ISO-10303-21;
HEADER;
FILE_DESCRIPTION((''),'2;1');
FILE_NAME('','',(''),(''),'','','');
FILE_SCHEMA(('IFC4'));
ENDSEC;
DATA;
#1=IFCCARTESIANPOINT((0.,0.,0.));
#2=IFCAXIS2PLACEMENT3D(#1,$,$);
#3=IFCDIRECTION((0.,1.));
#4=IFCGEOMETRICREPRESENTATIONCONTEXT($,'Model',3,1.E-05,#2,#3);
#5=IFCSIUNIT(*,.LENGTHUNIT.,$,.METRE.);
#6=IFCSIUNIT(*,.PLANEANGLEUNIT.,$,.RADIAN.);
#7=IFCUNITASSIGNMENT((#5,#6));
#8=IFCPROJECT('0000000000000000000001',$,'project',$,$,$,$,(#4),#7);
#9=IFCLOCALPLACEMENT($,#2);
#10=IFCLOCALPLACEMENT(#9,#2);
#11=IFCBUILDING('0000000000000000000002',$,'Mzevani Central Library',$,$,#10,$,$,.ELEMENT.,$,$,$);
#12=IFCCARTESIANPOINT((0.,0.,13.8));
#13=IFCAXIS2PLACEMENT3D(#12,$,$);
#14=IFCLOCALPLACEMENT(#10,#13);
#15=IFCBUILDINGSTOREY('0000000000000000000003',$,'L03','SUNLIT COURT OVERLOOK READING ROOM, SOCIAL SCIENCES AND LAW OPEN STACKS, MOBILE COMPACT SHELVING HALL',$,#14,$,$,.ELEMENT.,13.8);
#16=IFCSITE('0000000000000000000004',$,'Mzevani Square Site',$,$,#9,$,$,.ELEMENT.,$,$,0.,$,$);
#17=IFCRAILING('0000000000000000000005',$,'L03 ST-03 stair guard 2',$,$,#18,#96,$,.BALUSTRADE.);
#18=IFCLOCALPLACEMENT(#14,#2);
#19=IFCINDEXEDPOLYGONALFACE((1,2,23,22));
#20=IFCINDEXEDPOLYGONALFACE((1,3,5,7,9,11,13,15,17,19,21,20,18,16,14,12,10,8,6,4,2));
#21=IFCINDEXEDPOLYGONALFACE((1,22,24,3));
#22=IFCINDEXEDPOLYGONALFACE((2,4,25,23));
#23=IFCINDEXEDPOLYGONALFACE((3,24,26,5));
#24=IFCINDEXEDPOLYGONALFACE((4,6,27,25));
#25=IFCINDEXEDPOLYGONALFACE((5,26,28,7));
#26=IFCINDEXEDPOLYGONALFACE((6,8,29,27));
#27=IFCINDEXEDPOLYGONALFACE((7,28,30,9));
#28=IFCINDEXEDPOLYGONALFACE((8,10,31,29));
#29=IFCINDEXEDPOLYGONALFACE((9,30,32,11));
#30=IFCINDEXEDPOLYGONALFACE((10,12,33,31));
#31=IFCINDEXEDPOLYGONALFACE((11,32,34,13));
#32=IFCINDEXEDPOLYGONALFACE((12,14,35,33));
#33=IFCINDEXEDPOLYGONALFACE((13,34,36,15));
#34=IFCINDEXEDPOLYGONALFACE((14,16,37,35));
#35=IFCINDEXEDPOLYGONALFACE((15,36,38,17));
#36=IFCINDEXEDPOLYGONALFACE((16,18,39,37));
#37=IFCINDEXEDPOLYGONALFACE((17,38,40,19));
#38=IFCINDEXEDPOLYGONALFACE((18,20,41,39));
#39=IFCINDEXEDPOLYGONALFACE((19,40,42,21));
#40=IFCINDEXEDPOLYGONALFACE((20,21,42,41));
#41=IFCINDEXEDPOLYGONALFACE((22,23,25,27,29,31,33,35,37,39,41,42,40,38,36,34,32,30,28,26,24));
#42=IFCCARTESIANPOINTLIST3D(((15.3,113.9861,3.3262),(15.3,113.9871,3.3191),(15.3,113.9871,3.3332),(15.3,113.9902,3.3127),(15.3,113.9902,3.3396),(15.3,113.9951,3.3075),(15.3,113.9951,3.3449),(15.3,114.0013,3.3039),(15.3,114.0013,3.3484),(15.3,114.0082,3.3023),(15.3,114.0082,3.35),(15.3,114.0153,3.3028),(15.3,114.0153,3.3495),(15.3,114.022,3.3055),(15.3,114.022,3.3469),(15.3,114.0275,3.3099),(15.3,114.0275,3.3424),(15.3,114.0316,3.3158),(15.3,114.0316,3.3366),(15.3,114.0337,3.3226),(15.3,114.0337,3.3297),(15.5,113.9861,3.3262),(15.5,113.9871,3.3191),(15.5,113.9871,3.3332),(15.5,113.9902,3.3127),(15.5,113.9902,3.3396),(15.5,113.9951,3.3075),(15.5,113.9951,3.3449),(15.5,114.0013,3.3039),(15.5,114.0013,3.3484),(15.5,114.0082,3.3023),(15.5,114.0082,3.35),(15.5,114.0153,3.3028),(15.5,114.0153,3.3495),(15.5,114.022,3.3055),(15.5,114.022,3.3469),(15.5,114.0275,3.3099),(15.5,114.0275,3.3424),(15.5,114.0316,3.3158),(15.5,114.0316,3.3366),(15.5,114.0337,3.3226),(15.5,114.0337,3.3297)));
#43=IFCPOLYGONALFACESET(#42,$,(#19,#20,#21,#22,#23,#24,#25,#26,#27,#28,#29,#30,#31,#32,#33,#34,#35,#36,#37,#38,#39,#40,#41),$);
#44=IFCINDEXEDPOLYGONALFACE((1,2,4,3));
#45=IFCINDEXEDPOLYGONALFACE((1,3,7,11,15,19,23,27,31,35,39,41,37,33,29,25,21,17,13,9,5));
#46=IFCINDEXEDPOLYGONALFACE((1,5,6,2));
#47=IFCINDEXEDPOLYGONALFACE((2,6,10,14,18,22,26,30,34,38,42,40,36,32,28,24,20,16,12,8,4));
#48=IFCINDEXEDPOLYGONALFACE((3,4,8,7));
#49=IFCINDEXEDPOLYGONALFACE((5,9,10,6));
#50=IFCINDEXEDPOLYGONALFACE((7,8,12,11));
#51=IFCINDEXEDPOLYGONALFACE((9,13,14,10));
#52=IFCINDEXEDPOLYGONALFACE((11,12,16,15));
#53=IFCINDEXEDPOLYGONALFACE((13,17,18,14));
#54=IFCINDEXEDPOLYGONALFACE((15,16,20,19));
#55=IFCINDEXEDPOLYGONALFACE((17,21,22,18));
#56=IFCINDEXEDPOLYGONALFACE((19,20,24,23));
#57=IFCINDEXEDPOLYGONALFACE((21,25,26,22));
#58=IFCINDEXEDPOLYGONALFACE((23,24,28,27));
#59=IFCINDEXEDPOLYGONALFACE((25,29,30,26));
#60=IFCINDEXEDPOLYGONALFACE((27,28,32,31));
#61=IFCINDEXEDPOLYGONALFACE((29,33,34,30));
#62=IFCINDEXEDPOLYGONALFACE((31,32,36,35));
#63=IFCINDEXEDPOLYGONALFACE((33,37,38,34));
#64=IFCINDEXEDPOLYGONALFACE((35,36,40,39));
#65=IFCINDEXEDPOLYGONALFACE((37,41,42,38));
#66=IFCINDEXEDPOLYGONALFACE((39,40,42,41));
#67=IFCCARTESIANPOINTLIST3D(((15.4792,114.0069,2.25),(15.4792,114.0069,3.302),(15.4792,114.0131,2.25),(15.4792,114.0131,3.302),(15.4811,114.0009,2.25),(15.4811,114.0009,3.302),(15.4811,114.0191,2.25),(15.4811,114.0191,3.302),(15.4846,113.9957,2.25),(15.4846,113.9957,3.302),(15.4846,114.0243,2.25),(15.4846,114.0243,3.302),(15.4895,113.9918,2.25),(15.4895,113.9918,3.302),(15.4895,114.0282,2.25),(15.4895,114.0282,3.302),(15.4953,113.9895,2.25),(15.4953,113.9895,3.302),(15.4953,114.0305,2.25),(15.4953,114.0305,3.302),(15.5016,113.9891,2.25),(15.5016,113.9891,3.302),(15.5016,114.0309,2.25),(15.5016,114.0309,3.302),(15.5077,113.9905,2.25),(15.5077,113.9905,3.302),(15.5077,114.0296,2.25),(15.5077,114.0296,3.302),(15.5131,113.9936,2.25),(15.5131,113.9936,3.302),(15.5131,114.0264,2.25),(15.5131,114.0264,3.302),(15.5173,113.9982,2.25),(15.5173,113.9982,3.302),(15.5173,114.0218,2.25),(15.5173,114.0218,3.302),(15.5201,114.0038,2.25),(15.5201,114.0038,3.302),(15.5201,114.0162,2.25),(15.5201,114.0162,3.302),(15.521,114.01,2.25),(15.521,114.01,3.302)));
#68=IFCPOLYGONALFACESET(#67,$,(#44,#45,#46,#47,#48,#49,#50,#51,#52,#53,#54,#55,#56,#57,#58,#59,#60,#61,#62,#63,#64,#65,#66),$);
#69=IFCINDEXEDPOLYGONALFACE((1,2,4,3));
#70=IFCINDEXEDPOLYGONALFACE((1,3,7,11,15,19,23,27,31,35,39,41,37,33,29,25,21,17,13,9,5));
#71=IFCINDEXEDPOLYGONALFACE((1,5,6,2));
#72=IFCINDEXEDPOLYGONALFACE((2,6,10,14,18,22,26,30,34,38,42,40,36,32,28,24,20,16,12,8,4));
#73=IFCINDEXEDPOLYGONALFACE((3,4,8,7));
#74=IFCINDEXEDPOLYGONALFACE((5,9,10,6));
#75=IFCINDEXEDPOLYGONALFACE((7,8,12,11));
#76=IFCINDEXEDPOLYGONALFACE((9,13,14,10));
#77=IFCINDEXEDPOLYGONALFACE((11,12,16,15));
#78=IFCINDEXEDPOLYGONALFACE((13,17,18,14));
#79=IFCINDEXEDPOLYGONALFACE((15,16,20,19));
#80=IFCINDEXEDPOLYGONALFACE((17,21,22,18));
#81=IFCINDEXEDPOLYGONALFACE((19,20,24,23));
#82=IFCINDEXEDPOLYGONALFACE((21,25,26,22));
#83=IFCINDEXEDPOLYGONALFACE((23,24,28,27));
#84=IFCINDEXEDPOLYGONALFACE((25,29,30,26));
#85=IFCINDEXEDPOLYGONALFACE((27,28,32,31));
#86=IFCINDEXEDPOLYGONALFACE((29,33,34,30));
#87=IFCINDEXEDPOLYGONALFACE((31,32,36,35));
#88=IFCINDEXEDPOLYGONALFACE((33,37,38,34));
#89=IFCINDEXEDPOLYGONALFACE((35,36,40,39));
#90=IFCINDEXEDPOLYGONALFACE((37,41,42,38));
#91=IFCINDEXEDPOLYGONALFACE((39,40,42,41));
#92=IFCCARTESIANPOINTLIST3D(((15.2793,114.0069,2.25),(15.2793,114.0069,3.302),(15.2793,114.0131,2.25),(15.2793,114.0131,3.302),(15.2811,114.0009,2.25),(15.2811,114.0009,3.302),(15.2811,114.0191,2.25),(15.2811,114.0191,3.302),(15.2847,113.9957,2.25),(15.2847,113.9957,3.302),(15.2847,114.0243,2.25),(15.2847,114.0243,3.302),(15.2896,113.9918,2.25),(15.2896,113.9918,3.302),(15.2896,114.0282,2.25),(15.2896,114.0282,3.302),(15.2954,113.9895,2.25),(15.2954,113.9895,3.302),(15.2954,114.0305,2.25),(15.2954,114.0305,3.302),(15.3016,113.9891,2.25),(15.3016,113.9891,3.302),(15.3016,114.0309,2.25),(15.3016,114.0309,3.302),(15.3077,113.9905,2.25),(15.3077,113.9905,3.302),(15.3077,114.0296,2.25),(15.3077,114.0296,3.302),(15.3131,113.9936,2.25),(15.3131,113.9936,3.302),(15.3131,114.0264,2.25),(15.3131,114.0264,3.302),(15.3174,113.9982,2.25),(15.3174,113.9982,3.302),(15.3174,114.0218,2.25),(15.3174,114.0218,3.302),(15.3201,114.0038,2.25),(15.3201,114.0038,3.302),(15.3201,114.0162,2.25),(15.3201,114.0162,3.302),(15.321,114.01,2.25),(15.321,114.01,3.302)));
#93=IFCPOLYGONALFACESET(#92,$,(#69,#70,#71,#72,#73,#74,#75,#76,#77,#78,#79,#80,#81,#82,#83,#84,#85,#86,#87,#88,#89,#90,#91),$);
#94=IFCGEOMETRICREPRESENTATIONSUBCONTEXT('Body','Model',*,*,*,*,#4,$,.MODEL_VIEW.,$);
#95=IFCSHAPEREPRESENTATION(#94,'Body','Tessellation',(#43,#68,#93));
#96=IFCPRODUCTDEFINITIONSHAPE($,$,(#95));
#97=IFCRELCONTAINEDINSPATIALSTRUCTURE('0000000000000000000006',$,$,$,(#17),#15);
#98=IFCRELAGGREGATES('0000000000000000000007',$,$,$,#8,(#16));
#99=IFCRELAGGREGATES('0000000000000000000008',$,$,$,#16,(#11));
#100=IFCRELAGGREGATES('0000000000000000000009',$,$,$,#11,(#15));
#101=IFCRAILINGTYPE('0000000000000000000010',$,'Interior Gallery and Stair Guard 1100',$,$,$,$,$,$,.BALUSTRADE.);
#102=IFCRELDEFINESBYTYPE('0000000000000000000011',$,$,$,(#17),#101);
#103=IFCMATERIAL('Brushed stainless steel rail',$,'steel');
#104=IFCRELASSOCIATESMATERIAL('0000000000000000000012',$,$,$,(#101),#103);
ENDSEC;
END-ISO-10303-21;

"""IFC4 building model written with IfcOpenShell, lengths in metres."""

from ifc_helpers import new_model, si_unit, direction, frame, origin, origin_2d, place, context, subcontext, project, spatial, circle, extrude, material, type_object, element, save


model = new_model("IFC4")

# Units and contexts
model_context = context("Model", 3, precision=1e-05, world=origin(), true_north=direction((0.0, 1.0)))
body_context = subcontext(model_context, "Body", "Model", "MODEL_VIEW")
ifc_project = project(units=[si_unit("LENGTHUNIT", "METRE"), si_unit("PLANEANGLEUNIT", "RADIAN")], contexts=[model_context])

# Site, building, storey
site_placement = place(None, origin())
site = spatial("IfcSite", under=ifc_project, at=site_placement, Name="Mzevani Square Site", CompositionType="ELEMENT", RefElevation=0.0)
building_placement = place(site_placement, origin())
building = spatial("IfcBuilding", under=site, at=building_placement, Name="Mzevani Central Library", CompositionType="ELEMENT")
storey_placement = place(building_placement, frame((0.0, 0.0, 13.8)))
storey = spatial("IfcBuildingStorey", under=building, at=storey_placement, Name="L03", Description="SUNLIT COURT OVERLOOK READING ROOM, SOCIAL SCIENCES AND LAW OPEN STACKS, MOBILE COMPACT SHELVING HALL", CompositionType="ELEMENT", Elevation=13.8)

# Railing
ifc_material_1 = material(Name="Brushed stainless steel rail", Category="steel")
railing_type_1 = type_object("IfcRailingType", Name="Interior Gallery and Stair Guard 1100", PredefinedType="BALUSTRADE", material=ifc_material_1)
railing_1_placement = place(storey_placement, frame((15.5, 114.01, 2.25)))
element("IfcRailing", 1, at=railing_1_placement, inside=storey, type_object=railing_type_1, Name="L03 ST-03 stair guard 2", PredefinedType="BALUSTRADE", context=body_context, shape_type="SweptSolid", body=[
    extrude(circle(Radius=0.0239, at=origin_2d()), frame((0.0, 0.0, 1.0762), z_axis=(-1.0, 0.0, 0.0), x_axis=(0.0, -1.0, 0.0)), (0.0, 0.0, 1.0), 0.2),
    extrude(circle(Radius=0.021, at=origin_2d()), origin(), (0.0, 0.0, 1.0), 1.052),
    extrude(circle(Radius=0.021, at=origin_2d()), frame((-0.2, 0.0, 0.0)), (0.0, 0.0, 1.0), 1.052),
])

save(model, "model.ifc")
